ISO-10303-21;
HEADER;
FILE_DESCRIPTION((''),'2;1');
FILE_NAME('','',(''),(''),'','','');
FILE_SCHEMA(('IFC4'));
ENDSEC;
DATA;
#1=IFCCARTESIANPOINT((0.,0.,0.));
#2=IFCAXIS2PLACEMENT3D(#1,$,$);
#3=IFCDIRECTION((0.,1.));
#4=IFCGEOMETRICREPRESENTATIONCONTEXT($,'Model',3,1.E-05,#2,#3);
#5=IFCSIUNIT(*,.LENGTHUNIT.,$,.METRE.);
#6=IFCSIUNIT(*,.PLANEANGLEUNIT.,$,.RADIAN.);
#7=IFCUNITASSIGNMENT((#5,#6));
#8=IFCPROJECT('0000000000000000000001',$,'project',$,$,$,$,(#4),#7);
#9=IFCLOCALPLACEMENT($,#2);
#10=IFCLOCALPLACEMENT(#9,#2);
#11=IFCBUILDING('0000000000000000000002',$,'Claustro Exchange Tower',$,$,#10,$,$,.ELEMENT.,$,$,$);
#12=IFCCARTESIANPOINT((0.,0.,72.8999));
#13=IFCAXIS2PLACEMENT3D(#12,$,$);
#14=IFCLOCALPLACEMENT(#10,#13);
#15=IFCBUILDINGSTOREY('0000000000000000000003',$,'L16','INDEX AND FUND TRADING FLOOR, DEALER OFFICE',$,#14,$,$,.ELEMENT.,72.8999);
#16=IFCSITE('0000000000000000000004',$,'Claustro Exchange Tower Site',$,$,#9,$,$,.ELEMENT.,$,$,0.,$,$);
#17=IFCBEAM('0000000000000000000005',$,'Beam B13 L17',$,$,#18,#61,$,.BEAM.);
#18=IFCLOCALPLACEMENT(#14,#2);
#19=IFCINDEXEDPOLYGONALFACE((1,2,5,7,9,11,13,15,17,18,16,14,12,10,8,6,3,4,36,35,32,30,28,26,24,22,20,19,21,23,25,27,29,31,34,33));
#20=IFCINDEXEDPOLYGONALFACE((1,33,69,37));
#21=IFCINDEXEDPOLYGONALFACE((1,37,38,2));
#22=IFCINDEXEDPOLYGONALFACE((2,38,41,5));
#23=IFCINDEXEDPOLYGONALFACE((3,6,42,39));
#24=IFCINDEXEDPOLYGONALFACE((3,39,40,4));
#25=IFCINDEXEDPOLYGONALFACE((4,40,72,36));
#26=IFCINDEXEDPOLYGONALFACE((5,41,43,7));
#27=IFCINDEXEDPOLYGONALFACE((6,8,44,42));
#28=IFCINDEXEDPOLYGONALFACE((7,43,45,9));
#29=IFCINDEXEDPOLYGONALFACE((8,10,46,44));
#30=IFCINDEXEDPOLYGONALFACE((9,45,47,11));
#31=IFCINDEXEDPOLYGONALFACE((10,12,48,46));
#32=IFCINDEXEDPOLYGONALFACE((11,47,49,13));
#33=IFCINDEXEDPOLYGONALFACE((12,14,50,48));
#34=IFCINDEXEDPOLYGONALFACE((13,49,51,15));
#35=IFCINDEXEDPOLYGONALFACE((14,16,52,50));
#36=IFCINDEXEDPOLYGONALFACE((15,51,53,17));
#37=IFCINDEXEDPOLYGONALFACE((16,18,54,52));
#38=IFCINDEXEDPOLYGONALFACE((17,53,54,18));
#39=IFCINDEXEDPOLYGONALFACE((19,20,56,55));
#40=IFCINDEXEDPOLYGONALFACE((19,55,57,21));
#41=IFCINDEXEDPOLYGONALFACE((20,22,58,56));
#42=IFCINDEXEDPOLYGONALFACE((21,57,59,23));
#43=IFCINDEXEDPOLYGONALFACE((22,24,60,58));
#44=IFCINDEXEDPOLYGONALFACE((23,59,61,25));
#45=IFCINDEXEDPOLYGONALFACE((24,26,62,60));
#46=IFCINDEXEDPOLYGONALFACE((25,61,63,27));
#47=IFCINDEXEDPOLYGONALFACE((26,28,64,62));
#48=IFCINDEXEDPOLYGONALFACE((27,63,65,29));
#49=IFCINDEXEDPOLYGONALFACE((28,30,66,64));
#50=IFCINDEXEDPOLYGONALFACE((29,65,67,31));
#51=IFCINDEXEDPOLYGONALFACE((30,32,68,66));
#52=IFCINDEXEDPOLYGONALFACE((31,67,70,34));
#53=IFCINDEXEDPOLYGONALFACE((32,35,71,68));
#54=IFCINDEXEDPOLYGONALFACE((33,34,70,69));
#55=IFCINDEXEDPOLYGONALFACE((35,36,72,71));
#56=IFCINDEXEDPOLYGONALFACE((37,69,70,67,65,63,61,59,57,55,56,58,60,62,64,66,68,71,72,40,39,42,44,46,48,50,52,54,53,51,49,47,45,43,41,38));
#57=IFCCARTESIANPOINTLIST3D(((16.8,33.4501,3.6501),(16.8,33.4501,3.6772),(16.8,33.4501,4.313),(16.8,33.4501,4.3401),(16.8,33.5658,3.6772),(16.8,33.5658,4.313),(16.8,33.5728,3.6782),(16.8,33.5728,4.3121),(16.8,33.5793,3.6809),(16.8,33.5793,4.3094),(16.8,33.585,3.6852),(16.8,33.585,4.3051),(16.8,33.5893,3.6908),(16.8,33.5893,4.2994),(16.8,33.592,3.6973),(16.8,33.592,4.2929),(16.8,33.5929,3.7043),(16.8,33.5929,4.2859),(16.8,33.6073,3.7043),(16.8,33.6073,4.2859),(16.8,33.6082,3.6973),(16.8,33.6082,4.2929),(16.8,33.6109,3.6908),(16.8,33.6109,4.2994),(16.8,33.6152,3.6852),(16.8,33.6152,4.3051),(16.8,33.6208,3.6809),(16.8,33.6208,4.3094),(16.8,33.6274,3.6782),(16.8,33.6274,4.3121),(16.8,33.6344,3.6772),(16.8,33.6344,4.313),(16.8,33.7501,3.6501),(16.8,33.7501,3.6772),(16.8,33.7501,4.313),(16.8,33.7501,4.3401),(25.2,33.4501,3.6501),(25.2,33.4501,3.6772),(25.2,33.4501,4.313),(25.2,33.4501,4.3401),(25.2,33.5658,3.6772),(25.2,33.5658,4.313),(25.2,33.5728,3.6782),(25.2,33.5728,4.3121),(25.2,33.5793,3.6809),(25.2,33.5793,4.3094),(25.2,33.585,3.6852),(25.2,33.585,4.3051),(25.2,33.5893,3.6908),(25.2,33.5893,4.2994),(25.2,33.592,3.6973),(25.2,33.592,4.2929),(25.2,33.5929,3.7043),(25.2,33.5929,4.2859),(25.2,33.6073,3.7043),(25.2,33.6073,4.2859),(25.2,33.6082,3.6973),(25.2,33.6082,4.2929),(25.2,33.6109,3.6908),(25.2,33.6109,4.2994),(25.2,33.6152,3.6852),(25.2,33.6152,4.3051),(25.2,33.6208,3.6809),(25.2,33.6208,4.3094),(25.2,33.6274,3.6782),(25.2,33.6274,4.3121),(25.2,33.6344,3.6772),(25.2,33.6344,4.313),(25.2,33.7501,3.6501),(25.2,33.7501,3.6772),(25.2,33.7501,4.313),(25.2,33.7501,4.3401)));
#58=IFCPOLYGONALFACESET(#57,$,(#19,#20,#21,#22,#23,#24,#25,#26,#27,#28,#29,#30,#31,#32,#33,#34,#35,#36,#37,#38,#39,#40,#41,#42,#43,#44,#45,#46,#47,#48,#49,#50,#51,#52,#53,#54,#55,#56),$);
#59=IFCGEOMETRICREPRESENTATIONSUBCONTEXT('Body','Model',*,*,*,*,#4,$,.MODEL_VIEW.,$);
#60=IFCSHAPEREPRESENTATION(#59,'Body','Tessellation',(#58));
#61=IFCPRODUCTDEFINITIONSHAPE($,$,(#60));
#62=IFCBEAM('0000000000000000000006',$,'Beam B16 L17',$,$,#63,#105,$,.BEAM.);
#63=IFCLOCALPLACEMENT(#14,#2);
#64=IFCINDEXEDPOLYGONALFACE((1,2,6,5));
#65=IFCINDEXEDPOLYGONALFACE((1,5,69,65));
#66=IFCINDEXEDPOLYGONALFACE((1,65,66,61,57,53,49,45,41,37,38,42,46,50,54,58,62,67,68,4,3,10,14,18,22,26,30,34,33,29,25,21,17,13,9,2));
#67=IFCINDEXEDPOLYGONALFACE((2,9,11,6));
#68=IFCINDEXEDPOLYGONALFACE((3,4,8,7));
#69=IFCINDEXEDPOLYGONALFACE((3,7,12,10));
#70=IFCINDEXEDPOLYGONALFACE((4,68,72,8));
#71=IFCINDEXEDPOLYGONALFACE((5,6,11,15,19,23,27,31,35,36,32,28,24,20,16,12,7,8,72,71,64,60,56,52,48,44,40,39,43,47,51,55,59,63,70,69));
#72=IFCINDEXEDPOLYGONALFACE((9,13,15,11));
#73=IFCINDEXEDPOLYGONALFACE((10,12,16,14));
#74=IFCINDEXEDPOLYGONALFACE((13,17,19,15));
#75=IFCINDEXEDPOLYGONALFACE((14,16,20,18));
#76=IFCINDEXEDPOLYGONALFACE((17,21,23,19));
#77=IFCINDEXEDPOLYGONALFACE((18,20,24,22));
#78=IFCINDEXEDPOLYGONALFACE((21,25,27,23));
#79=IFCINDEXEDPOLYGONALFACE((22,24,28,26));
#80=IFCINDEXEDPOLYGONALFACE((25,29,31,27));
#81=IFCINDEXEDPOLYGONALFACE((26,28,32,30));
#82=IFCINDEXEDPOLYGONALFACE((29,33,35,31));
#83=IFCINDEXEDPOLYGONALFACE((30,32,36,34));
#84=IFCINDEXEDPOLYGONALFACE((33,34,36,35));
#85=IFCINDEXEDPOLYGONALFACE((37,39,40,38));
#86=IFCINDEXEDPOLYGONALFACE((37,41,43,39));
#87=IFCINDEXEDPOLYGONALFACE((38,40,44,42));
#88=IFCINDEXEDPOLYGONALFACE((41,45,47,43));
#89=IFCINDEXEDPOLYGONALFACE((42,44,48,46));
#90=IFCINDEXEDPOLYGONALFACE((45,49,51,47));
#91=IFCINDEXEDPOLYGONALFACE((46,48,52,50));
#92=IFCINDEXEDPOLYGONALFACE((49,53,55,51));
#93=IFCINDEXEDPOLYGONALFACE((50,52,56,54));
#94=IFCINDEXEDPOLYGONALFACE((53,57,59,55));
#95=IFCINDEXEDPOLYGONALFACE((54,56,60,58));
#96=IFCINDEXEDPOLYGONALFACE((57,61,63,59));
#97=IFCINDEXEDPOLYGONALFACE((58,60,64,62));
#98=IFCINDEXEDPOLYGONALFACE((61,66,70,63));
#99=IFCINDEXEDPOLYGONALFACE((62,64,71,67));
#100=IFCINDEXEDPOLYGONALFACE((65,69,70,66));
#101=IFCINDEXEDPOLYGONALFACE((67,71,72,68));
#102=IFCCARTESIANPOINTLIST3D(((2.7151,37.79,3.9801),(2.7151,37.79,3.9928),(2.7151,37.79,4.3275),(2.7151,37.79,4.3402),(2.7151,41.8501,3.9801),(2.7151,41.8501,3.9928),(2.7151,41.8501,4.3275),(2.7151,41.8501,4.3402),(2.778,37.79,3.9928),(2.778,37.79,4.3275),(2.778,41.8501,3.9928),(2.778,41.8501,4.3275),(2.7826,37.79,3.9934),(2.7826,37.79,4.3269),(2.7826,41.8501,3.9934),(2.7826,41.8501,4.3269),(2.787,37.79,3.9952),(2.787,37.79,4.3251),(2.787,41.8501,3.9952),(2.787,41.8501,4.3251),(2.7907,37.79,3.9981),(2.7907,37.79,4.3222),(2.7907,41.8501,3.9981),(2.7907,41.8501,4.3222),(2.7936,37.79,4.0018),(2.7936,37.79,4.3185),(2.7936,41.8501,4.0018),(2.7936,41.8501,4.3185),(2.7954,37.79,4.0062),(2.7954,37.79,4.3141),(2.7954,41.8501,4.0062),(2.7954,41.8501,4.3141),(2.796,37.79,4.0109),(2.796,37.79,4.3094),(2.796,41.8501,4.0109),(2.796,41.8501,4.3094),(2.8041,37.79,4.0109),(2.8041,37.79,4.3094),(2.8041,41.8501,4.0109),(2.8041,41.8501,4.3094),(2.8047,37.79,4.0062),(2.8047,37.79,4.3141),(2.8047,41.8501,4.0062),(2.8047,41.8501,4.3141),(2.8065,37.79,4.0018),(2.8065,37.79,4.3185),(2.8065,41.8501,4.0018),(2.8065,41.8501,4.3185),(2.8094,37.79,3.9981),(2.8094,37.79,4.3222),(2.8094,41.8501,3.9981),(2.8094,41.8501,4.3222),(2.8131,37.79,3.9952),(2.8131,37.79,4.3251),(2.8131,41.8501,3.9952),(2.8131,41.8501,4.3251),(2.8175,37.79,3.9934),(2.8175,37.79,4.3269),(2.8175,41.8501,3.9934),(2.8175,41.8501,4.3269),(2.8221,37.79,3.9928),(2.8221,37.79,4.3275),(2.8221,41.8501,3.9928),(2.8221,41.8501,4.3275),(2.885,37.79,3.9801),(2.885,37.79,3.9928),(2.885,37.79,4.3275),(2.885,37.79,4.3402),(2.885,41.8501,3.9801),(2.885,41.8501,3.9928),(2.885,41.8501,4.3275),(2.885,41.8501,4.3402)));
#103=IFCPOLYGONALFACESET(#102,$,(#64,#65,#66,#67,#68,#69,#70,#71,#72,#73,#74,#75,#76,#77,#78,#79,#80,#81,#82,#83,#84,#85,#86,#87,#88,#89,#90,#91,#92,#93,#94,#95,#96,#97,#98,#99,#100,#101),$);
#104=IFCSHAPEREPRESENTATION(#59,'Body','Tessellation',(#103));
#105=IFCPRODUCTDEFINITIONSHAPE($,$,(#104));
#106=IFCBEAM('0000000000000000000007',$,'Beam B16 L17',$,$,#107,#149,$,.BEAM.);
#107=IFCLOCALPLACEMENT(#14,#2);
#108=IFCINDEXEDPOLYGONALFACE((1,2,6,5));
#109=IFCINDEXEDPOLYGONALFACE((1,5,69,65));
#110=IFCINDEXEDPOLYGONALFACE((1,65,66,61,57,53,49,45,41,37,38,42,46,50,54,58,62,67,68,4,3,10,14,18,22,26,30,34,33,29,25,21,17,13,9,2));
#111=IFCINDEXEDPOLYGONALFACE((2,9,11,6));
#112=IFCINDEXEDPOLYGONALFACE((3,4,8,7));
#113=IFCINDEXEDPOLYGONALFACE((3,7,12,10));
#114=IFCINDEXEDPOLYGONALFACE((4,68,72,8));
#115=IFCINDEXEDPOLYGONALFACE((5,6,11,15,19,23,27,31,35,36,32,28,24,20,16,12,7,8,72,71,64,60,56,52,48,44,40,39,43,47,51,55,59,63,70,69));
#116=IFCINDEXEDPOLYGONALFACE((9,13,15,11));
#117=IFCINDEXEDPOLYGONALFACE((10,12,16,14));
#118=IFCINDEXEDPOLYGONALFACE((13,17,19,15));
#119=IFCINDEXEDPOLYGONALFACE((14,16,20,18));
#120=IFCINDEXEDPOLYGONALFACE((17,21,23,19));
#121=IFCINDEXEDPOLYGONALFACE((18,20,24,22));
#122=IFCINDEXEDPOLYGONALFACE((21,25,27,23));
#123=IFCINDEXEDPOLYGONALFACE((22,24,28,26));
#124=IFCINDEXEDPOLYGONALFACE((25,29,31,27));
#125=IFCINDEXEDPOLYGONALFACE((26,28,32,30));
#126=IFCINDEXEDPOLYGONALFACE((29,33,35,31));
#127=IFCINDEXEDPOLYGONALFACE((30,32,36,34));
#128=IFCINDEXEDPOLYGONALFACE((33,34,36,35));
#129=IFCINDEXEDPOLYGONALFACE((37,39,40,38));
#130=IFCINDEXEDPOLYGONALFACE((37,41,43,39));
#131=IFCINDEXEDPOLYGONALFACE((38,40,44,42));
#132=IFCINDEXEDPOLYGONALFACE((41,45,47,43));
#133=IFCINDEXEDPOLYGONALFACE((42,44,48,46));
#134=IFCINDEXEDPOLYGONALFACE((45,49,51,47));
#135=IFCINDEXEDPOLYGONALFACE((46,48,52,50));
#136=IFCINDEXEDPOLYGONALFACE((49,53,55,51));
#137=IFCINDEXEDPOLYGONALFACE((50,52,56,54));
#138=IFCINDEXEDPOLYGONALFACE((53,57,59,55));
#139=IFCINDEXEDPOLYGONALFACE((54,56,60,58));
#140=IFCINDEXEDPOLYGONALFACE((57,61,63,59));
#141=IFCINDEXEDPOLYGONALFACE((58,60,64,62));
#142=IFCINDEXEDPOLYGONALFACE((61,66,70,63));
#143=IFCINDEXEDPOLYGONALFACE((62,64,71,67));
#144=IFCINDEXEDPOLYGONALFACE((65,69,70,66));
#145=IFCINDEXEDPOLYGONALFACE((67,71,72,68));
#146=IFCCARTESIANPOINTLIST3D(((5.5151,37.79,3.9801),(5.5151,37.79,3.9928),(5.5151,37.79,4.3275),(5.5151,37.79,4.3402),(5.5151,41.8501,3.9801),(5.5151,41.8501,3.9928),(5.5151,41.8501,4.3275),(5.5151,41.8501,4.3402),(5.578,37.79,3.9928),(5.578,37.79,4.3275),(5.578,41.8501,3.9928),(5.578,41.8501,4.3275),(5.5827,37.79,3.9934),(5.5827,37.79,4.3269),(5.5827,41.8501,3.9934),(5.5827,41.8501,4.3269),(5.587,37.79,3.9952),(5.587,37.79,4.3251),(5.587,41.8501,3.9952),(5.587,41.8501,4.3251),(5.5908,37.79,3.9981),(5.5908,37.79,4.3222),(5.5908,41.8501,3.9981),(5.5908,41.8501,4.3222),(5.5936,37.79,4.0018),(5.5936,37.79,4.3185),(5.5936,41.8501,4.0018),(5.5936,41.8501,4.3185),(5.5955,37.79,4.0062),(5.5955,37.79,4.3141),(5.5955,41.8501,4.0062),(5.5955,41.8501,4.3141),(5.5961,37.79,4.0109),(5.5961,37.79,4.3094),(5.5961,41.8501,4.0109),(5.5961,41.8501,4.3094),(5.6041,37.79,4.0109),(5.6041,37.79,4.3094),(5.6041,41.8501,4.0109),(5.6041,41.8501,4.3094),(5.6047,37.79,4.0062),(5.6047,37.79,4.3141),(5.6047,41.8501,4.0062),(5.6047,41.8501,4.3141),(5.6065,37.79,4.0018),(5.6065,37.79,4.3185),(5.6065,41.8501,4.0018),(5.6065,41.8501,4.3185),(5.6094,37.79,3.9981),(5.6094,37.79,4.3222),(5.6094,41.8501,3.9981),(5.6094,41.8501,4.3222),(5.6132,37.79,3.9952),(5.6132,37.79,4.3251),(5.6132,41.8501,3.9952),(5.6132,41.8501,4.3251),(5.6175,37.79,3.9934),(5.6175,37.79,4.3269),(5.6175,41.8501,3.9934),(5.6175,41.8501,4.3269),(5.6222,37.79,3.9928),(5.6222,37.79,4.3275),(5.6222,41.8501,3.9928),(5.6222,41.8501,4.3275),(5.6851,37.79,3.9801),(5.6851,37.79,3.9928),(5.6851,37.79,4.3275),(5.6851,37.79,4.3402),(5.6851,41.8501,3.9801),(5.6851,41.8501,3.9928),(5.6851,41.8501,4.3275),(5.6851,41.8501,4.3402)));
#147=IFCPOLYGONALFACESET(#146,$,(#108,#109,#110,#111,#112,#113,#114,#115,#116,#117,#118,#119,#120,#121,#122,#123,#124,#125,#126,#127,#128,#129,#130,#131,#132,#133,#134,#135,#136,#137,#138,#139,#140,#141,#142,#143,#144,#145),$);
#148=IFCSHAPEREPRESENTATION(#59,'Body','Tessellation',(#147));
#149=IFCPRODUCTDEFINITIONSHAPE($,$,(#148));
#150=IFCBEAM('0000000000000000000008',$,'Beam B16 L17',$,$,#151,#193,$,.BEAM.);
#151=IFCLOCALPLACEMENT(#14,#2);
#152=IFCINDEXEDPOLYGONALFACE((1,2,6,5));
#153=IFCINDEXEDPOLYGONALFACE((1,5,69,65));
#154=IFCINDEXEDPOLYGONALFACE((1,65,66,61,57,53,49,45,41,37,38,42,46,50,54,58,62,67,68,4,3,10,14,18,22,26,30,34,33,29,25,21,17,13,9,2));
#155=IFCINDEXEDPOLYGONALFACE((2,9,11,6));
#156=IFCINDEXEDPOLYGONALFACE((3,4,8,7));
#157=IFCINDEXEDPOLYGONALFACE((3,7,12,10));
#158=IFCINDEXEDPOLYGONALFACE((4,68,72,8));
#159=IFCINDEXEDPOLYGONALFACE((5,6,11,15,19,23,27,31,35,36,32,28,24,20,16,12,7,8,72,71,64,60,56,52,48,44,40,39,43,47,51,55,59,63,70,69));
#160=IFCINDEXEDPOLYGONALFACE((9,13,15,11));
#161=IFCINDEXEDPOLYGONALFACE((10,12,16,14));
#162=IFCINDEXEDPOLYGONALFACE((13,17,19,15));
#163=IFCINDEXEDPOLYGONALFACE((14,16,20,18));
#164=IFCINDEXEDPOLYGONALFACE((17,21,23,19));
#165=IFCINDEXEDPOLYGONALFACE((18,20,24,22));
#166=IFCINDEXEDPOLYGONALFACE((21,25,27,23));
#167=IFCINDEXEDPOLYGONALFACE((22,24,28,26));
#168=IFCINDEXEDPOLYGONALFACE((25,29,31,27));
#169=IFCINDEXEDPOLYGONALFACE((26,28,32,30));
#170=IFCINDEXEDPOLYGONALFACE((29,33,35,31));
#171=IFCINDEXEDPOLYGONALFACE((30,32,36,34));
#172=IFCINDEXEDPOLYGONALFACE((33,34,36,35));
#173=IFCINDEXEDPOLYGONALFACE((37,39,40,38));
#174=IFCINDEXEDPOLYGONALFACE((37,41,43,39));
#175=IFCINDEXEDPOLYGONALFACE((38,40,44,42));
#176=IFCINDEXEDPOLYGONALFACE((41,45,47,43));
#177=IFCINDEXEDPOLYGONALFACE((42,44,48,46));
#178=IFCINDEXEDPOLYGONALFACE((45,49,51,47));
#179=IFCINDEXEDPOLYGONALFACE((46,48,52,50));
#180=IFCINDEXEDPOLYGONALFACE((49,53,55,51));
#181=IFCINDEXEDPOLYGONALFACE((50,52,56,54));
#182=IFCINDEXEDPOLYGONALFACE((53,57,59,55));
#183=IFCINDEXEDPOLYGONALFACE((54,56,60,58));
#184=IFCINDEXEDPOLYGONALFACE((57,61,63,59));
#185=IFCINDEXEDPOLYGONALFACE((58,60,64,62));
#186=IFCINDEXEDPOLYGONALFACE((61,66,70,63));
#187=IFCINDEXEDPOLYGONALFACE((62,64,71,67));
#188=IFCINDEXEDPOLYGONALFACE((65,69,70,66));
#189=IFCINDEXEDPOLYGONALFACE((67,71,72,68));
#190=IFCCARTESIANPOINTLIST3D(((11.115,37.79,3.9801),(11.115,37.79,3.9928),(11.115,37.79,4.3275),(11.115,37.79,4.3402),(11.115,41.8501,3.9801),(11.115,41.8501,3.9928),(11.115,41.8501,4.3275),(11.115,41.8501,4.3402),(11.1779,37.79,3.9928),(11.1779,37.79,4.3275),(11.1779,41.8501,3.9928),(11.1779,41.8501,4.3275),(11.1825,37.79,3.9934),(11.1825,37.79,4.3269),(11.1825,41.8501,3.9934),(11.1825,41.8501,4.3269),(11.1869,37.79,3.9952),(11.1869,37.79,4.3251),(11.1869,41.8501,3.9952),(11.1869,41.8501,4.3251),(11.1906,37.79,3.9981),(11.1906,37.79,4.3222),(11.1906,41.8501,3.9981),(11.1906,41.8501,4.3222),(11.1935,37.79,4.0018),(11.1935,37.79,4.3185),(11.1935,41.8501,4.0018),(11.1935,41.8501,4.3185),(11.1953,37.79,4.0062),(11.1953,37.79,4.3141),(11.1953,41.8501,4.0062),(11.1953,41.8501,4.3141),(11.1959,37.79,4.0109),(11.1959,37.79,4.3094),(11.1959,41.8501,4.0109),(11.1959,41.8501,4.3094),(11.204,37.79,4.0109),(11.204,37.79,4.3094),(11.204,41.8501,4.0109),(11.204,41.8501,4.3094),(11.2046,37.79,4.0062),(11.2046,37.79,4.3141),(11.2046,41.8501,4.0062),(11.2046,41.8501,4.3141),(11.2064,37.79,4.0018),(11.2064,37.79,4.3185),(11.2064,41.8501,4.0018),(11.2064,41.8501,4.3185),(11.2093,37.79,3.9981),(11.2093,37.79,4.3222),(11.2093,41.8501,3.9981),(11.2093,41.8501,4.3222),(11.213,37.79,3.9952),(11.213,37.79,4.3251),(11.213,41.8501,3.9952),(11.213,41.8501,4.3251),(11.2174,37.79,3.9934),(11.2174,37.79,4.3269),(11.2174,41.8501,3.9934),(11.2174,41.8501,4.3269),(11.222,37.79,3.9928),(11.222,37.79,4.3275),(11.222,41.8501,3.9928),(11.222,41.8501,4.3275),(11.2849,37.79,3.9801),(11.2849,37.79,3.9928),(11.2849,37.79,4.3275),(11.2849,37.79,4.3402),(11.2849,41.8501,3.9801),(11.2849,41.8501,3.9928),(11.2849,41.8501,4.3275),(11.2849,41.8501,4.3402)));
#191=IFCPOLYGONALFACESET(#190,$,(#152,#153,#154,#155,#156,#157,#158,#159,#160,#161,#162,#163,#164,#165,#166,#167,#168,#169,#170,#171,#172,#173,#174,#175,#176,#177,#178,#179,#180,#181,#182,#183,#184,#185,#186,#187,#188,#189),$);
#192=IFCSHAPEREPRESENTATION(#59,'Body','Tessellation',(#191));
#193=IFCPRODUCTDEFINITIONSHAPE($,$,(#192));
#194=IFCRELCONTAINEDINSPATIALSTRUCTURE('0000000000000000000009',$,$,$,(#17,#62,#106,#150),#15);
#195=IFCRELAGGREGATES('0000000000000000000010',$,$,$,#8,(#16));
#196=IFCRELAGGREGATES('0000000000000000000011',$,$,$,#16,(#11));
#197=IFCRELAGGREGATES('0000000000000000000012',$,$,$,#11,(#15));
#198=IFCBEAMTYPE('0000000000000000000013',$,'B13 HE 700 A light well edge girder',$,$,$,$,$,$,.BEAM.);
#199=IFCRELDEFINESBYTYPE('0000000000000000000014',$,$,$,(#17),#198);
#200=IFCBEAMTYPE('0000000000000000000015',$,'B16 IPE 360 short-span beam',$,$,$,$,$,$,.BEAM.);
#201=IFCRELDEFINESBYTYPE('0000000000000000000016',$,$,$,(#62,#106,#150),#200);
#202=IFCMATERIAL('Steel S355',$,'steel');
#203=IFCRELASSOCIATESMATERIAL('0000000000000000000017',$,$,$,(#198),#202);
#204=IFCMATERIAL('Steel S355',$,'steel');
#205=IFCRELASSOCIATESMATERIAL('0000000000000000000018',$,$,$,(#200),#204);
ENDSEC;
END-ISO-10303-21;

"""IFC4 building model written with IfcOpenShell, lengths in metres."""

from ifc_helpers import new_model, si_unit, direction, frame, origin, origin_2d, place, context, subcontext, project, spatial, i_section, extrude, material, material_profile, profile_set, type_object, element, save


model = new_model("IFC4")

# Units and contexts
model_context = context("Model", 3, precision=1e-05, world=origin(), true_north=direction((0.0, 1.0)))
body_context = subcontext(model_context, "Body", "Model", "MODEL_VIEW")
ifc_project = project(units=[si_unit("LENGTHUNIT", "METRE"), si_unit("PLANEANGLEUNIT", "RADIAN")], contexts=[model_context])

# Site, building, storey
site_placement = place(None, origin())
site = spatial("IfcSite", under=ifc_project, at=site_placement, Name="Claustro Exchange Tower Site", CompositionType="ELEMENT", RefElevation=0.0)
building_placement = place(site_placement, origin())
building = spatial("IfcBuilding", under=site, at=building_placement, Name="Claustro Exchange Tower", CompositionType="ELEMENT")
storey_placement = place(building_placement, frame((0.0, 0.0, 72.8999)))
storey = spatial("IfcBuildingStorey", under=building, at=storey_placement, Name="L16", Description="INDEX AND FUND TRADING FLOOR, DEALER OFFICE", CompositionType="ELEMENT", Elevation=72.8999)

# Beams
ifc_material_1 = material(Name="Steel S355", Category="steel")
ifc_material_profile_1 = material_profile(ifc_material_1, i_section(OverallWidth=0.3, OverallDepth=0.6899, WebThickness=0.0144, FlangeThickness=0.0271, FilletRadius=0.0271, at=origin_2d()), Name="HE 700 A")
ifc_profile_set_1 = profile_set([ifc_material_profile_1], Name="Steel S355")
beam_type_1 = type_object("IfcBeamType", Name="B13 HE 700 A light well edge girder", PredefinedType="BEAM", material=ifc_profile_set_1)
beam_1_placement = place(storey_placement, frame((16.8, 33.6001, 3.9951), z_axis=(1.0, 0.0, 0.0), x_axis=(0.0, 1.0, 0.0)))
element("IfcBeam", 1, at=beam_1_placement, inside=storey, type_object=beam_type_1, Name="Beam B13 L17", PredefinedType="BEAM", context=body_context, shape_type="SweptSolid", body=[
    extrude(i_section(OverallWidth=0.3, OverallDepth=0.6899, WebThickness=0.0144, FlangeThickness=0.0271, FilletRadius=0.0271, at=origin_2d()), origin(), (0.0, 0.0, 1.0), 8.3999),
])
ifc_material_2 = material(Name="Steel S355", Category="steel")
ifc_material_profile_2 = material_profile(ifc_material_2, i_section(OverallWidth=0.1699, OverallDepth=0.3601, WebThickness=0.0081, FlangeThickness=0.0127, FilletRadius=0.0181, at=origin_2d()), Name="IPE 360")
ifc_profile_set_2 = profile_set([ifc_material_profile_2], Name="Steel S355")
beam_type_2 = type_object("IfcBeamType", Name="B16 IPE 360 short-span beam", PredefinedType="BEAM", material=ifc_profile_set_2)
for number, where, z_axis, x_axis, name in (
    (2, (2.8, 37.79, 4.1602), (0.0, 1.0, 0.0), (-1.0, 0.0, 0.0), "Beam B16 L17"),
    (3, (5.6001, 37.79, 4.1602), (0.0, 1.0, 0.0), (-1.0, 0.0, 0.0), "Beam B16 L17"),
    (4, (11.2, 37.79, 4.1602), (0.0, 1.0, 0.0), (-1.0, 0.0, 0.0), "Beam B16 L17"),
):
    element("IfcBeam", number, at=place(storey_placement, frame(where, z_axis=z_axis, x_axis=x_axis)), inside=storey, type_object=beam_type_2, Name=name, PredefinedType="BEAM", context=body_context, shape_type="SweptSolid", body=[
        extrude(i_section(OverallWidth=0.1699, OverallDepth=0.3601, WebThickness=0.0081, FlangeThickness=0.0127, FilletRadius=0.0181, at=origin_2d()), origin(), (0.0, 0.0, 1.0), 4.0601),
    ])

save(model, "model.ifc")
